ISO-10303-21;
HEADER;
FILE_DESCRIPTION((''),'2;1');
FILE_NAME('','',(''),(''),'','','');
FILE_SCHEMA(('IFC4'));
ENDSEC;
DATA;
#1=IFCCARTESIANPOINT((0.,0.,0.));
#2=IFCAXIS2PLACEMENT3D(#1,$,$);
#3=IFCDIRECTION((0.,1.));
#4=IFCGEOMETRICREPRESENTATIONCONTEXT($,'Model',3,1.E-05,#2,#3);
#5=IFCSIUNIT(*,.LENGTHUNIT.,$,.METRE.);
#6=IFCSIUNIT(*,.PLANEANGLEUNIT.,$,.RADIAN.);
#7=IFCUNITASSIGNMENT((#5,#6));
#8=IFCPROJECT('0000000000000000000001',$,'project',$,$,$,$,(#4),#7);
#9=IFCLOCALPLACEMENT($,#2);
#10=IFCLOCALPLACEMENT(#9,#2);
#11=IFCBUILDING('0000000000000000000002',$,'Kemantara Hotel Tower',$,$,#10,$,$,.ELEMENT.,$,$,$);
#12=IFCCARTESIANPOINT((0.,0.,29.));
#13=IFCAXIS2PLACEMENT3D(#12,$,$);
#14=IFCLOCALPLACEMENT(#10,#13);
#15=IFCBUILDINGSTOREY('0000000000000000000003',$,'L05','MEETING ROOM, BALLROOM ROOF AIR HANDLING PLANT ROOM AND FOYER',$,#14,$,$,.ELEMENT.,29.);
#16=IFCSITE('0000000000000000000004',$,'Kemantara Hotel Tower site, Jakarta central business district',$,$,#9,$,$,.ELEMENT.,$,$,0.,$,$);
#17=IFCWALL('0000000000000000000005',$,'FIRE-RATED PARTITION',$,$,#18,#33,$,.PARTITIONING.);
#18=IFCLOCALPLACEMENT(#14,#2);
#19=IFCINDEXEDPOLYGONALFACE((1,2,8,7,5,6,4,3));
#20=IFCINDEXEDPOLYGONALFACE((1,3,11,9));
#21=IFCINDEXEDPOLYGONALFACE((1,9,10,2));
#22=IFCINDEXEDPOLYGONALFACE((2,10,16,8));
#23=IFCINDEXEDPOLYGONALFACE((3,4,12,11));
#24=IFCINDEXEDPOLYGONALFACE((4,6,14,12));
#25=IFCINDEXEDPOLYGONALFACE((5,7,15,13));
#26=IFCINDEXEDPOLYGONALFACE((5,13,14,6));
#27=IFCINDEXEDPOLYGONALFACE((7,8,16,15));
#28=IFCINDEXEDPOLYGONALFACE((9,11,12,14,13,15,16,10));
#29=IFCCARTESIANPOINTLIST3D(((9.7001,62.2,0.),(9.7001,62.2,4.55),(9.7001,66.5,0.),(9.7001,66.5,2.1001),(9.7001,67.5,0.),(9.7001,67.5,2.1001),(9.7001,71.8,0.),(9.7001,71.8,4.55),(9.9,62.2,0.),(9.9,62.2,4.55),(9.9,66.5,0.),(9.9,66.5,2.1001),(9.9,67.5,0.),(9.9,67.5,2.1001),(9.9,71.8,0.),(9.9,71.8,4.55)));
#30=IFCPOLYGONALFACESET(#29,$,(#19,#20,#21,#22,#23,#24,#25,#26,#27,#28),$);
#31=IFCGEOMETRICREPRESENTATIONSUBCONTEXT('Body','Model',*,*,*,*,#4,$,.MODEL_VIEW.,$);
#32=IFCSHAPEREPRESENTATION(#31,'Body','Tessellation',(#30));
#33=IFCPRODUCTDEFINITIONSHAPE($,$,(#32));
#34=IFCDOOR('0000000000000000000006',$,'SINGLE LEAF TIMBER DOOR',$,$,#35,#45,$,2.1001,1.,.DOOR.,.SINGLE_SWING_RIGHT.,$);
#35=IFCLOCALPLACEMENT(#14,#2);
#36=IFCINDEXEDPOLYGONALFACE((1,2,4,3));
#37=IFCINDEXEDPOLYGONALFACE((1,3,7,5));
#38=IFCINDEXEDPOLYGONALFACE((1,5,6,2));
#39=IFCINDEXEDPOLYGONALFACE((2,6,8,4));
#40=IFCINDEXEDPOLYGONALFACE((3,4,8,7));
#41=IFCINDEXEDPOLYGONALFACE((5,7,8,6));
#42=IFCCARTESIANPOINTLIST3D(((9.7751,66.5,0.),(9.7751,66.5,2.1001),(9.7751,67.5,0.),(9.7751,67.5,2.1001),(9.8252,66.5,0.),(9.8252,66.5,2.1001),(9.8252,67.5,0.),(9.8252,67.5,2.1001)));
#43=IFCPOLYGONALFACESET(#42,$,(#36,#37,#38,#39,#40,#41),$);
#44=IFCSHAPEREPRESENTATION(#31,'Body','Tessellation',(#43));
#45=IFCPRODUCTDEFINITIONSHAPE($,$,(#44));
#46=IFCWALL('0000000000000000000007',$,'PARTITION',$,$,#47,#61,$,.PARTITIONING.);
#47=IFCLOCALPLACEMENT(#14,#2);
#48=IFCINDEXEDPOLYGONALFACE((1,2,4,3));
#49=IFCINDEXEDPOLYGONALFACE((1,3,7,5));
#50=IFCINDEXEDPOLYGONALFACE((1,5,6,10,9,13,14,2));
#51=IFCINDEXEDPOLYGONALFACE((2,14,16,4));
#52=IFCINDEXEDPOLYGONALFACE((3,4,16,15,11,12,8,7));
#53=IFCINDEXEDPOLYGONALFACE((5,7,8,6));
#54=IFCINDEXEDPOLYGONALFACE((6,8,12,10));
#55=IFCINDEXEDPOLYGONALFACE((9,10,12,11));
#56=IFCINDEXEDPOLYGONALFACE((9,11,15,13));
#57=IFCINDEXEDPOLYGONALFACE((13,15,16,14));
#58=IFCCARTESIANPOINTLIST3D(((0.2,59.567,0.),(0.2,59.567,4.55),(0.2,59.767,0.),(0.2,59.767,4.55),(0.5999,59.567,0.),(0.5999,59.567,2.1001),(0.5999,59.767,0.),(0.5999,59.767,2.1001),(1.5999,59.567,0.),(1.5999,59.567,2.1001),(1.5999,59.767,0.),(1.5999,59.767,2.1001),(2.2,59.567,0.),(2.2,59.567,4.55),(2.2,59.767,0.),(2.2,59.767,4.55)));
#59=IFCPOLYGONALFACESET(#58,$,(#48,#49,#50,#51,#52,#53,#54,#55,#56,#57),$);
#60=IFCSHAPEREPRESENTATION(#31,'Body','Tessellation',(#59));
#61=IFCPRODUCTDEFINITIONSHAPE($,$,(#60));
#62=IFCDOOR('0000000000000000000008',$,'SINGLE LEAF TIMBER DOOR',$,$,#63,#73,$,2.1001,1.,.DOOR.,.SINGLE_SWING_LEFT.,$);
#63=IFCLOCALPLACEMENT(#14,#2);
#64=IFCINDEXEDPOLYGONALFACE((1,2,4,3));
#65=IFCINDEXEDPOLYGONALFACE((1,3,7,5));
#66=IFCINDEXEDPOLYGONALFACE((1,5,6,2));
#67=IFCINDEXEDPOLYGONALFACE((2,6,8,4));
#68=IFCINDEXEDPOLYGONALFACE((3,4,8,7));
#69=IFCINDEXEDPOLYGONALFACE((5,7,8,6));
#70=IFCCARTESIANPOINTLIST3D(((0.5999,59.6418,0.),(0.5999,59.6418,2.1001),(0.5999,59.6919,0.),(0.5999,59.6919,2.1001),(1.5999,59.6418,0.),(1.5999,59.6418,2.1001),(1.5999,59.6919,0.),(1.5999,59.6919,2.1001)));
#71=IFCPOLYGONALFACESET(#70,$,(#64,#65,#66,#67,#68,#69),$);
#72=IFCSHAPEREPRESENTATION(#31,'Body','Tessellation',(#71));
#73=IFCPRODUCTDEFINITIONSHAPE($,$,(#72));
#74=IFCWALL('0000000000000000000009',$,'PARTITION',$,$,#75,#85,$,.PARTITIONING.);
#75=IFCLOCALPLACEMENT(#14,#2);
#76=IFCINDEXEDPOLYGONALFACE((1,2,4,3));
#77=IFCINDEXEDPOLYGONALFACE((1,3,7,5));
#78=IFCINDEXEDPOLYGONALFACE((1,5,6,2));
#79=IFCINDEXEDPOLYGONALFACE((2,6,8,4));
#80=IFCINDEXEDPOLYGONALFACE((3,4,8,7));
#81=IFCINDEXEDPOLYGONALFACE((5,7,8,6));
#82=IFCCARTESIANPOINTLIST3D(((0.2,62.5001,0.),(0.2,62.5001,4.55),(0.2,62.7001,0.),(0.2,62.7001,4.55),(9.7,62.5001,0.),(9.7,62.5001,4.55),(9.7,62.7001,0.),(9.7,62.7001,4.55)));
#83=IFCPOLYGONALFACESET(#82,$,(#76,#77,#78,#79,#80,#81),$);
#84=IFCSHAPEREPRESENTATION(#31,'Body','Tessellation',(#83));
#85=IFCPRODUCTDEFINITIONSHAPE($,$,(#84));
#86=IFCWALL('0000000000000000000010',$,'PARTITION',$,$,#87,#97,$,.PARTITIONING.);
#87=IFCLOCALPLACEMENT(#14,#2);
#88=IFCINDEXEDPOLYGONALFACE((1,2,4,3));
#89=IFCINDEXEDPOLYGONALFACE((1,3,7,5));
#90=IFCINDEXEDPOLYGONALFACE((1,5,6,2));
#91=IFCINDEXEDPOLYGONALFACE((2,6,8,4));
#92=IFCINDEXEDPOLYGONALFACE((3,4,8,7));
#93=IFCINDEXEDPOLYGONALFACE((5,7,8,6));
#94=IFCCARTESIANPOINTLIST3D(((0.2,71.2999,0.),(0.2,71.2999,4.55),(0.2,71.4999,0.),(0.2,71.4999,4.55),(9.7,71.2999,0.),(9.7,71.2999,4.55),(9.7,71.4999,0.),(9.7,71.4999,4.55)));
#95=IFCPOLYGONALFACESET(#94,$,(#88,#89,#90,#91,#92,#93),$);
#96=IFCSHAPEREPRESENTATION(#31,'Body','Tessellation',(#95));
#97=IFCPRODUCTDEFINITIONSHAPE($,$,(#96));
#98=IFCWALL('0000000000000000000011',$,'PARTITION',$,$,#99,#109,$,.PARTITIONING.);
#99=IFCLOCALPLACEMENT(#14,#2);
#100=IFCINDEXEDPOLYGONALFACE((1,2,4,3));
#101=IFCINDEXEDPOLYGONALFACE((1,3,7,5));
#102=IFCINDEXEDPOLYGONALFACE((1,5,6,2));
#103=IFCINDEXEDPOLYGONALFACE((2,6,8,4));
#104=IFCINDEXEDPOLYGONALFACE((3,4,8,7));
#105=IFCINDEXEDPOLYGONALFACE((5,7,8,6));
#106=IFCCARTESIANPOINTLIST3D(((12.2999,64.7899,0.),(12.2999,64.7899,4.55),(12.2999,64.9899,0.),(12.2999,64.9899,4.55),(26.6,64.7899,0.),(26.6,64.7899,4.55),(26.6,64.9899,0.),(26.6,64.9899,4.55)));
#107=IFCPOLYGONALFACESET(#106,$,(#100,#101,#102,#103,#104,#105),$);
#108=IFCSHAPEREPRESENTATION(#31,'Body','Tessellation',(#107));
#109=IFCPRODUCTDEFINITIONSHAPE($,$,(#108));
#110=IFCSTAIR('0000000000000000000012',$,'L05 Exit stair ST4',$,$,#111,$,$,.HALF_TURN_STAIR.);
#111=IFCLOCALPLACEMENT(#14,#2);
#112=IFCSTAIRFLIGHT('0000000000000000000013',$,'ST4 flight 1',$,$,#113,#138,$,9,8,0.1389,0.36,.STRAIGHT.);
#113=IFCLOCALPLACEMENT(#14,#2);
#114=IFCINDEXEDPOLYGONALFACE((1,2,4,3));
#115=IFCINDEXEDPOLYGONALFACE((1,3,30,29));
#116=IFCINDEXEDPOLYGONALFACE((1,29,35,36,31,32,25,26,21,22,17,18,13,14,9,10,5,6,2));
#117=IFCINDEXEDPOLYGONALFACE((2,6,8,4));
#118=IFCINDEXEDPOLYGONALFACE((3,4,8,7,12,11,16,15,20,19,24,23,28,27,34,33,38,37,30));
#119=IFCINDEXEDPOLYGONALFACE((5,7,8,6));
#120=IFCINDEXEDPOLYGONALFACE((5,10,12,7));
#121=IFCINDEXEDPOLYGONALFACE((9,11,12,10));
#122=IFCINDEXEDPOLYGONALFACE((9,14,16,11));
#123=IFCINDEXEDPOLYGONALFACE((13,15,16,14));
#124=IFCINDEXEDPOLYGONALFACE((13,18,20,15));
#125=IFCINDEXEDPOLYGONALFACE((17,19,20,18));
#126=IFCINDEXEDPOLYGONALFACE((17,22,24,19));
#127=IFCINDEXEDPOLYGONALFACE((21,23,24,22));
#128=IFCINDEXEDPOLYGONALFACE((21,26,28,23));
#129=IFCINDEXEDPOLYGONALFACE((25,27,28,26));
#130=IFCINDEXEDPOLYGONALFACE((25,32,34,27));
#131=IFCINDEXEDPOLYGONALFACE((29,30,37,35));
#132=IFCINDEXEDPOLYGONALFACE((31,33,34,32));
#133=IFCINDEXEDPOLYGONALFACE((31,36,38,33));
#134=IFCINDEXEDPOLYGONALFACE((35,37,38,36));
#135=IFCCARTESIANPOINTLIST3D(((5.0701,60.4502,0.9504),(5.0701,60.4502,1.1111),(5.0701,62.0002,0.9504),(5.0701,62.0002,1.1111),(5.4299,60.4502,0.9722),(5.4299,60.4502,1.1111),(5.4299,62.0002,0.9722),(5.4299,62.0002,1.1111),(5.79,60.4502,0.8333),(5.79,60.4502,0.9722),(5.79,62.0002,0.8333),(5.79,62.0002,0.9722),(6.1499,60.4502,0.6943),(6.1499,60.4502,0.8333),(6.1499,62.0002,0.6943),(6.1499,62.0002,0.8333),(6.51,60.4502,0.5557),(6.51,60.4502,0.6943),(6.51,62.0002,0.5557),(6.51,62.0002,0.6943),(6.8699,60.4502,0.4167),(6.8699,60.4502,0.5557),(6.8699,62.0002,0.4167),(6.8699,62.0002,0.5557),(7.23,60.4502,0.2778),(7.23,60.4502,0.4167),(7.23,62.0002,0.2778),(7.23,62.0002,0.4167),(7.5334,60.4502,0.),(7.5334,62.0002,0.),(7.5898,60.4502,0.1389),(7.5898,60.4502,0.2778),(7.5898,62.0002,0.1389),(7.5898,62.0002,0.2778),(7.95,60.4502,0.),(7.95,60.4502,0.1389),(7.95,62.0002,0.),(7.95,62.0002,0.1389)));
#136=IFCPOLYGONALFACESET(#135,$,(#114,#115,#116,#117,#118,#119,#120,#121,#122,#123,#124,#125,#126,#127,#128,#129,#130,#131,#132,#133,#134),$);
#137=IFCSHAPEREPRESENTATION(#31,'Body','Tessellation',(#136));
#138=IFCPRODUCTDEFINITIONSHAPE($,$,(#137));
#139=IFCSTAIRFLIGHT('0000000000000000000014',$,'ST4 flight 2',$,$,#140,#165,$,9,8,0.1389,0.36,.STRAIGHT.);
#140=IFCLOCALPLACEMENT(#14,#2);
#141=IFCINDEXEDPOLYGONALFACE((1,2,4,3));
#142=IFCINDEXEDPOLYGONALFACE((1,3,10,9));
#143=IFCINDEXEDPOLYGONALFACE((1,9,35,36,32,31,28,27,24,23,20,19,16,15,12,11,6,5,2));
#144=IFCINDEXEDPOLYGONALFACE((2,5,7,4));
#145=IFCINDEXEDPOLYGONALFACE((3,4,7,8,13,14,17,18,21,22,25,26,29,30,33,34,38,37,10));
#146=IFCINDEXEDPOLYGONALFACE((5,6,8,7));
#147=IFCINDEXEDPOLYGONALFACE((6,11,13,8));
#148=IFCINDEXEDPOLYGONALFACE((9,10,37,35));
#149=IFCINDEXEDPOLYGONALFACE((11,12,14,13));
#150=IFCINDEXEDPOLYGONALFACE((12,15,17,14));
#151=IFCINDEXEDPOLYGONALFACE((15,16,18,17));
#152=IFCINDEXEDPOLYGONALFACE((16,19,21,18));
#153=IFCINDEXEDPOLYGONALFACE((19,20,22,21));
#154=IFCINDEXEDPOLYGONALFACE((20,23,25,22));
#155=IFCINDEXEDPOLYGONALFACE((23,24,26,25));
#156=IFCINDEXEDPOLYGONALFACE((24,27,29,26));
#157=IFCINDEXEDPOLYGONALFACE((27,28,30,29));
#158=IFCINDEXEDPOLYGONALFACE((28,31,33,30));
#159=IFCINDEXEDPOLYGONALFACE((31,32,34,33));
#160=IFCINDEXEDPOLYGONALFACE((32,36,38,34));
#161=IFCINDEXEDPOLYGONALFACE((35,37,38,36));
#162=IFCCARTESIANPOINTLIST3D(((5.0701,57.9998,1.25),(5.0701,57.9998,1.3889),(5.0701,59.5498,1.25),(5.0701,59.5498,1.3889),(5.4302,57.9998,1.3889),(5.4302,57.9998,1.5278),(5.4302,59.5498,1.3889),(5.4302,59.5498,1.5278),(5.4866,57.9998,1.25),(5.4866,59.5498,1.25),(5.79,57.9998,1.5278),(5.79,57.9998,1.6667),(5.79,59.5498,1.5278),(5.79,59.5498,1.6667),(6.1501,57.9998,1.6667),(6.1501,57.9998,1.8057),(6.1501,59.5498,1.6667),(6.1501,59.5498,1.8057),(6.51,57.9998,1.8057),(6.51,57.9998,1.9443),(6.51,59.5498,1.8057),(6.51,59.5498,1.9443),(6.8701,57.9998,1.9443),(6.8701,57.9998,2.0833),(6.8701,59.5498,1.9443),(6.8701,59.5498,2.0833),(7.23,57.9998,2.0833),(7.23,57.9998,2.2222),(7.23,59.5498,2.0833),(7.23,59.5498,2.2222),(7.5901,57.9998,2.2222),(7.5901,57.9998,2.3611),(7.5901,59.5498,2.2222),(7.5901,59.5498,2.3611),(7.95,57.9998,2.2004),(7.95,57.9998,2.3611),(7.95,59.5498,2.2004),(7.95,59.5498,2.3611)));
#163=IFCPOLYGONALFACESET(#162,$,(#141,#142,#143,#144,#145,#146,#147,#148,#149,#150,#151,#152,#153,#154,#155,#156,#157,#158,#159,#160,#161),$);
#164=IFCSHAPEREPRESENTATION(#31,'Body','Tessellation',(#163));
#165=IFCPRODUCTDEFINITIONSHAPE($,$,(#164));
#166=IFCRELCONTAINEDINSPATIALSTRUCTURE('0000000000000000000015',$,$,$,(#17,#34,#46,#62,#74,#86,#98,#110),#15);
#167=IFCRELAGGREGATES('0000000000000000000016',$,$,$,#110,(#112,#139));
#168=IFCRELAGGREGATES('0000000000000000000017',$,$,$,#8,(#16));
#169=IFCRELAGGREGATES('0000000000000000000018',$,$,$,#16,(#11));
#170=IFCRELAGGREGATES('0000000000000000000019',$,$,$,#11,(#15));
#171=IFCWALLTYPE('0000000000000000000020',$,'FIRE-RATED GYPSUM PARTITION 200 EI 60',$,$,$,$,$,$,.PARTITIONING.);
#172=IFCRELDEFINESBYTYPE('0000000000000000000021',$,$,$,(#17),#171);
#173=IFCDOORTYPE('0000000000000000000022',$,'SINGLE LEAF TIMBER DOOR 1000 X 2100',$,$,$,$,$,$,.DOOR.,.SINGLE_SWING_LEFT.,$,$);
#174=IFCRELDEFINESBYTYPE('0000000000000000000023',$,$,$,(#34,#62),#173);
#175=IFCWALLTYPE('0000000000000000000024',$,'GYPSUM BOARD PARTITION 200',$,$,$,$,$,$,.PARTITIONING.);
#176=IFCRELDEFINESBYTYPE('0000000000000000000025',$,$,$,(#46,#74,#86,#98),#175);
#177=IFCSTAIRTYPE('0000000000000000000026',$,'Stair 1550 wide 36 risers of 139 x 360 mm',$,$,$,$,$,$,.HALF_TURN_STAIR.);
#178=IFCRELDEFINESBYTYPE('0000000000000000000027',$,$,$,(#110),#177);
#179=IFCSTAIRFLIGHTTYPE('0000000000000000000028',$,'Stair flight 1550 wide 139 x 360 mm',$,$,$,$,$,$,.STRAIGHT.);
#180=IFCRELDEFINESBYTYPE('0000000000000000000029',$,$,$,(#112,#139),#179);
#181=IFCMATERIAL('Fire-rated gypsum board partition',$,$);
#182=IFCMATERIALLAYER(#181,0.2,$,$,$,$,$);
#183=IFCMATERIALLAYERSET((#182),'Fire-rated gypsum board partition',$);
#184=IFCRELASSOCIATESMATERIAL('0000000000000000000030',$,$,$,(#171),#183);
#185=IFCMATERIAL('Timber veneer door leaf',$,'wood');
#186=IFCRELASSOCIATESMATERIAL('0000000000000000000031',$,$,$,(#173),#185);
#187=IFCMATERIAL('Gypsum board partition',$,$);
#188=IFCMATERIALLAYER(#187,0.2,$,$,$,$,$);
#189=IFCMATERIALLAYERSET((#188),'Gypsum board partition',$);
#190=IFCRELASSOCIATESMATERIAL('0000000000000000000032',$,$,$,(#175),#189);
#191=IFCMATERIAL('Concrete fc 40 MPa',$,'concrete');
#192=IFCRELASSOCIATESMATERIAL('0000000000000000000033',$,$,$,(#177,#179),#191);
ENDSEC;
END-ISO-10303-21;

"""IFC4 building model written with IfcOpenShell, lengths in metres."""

from ifc_helpers import new_model, si_unit, direction, frame, frame_2d, origin, place, context, subcontext, project, spatial, polyline, rectangle, outline, extrude, material, layer, layer_set, type_object, element, fill, aggregate, save


model = new_model("IFC4")

# Units and contexts
model_context = context("Model", 3, precision=1e-05, world=origin(), true_north=direction((0.0, 1.0)))
body_context = subcontext(model_context, "Body", "Model", "MODEL_VIEW")
ifc_project = project(units=[si_unit("LENGTHUNIT", "METRE"), si_unit("PLANEANGLEUNIT", "RADIAN")], contexts=[model_context])

# Site, building, storey
site_placement = place(None, origin())
site = spatial("IfcSite", under=ifc_project, at=site_placement, Name="Kemantara Hotel Tower site, Jakarta central business district", CompositionType="ELEMENT", RefElevation=0.0)
building_placement = place(site_placement, origin())
building = spatial("IfcBuilding", under=site, at=building_placement, Name="Kemantara Hotel Tower", CompositionType="ELEMENT")
storey_placement = place(building_placement, frame((0.0, 0.0, 29.0)))
storey = spatial("IfcBuildingStorey", under=building, at=storey_placement, Name="L05", Description="MEETING ROOM, BALLROOM ROOF AIR HANDLING PLANT ROOM AND FOYER", CompositionType="ELEMENT", Elevation=29.0)

# Shared definitions
ifc_material_1 = material(Name="Concrete fc 40 MPa", Category="concrete")

# Walls, openings, doors
ifc_material_2 = material(Name="Fire-rated gypsum board partition")
ifc_layer_1 = layer(ifc_material_2, 0.2)
ifc_layer_set_1 = layer_set([ifc_layer_1], Name="Fire-rated gypsum board partition")
wall_type_1 = type_object("IfcWallType", Name="FIRE-RATED GYPSUM PARTITION 200 EI 60", PredefinedType="PARTITIONING", material=ifc_layer_set_1)
wall_1_placement = place(storey_placement, frame((9.8, 62.2, 0.0), z_axis=(0.0, 0.0, 1.0), x_axis=(0.0, 1.0, 0.0)))
wall_1 = element("IfcWall", 1, at=wall_1_placement, inside=storey, type_object=wall_type_1, Name="FIRE-RATED PARTITION", PredefinedType="PARTITIONING", context=body_context, shape_type="SweptSolid", body=[
    extrude(rectangle(XDim=9.6001, YDim=0.2, at=frame_2d((4.8, 0.0))), origin(), (0.0, 0.0, 1.0), 4.55),
])
opening_1_placement = place(wall_1_placement, frame((4.3, 0.0, 0.0)))
opening_1 = element("IfcOpeningElement", 2, at=opening_1_placement, cuts=wall_1, PredefinedType="OPENING", context=body_context, shape_type="SweptSolid", body=[
    extrude(rectangle(XDim=1.0, YDim=2.1001, at=frame_2d((0.5, 1.05))), frame((0.0, 0.1099, 0.0), z_axis=(0.0, -1.0, 0.0), x_axis=(1.0, 0.0, 0.0)), (0.0, 0.0, 1.0), 0.22),
])
ifc_material_3 = material(Name="Timber veneer door leaf", Category="wood")
door_type = type_object("IfcDoorType", Name="SINGLE LEAF TIMBER DOOR 1000 X 2100", OperationType="SINGLE_SWING_LEFT", PredefinedType="DOOR", material=ifc_material_3)
door_1_placement = place(opening_1_placement, origin())
door_1 = element("IfcDoor", 3, at=door_1_placement, inside=storey, type_object=door_type, Name="SINGLE LEAF TIMBER DOOR", OperationType="SINGLE_SWING_RIGHT", OverallHeight=2.1001, OverallWidth=1.0, PredefinedType="DOOR", context=body_context, shape_type="SweptSolid", body=[
    extrude(rectangle(XDim=1.0, YDim=2.1001, at=frame_2d((0.5, 1.05))), frame((0.0, 0.0249, 0.0), z_axis=(0.0, -1.0, 0.0), x_axis=(1.0, 0.0, 0.0)), (0.0, 0.0, 1.0), 0.05),
])
fill(opening_1, door_1)
ifc_material_4 = material(Name="Gypsum board partition")
ifc_layer_2 = layer(ifc_material_4, 0.2)
ifc_layer_set_2 = layer_set([ifc_layer_2], Name="Gypsum board partition")
wall_type_2 = type_object("IfcWallType", Name="GYPSUM BOARD PARTITION 200", PredefinedType="PARTITIONING", material=ifc_layer_set_2)
wall_2_placement = place(storey_placement, frame((0.2, 59.667, 0.0), z_axis=(0.0, 0.0, 1.0), x_axis=(1.0, 0.0, 0.0)))
wall_2 = element("IfcWall", 4, at=wall_2_placement, inside=storey, type_object=wall_type_2, Name="PARTITION", PredefinedType="PARTITIONING", context=body_context, shape_type="SweptSolid", body=[
    extrude(rectangle(XDim=2.0, YDim=0.2, at=frame_2d((1.0, 0.0))), origin(), (0.0, 0.0, 1.0), 4.55),
])
opening_2_placement = place(wall_2_placement, frame((0.3999, 0.0, 0.0)))
opening_2 = element("IfcOpeningElement", 5, at=opening_2_placement, cuts=wall_2, PredefinedType="OPENING", context=body_context, shape_type="SweptSolid", body=[
    extrude(rectangle(XDim=1.0, YDim=2.1001, at=frame_2d((0.5, 1.05))), frame((0.0, 0.1099, 0.0), z_axis=(0.0, -1.0, 0.0), x_axis=(1.0, 0.0, 0.0)), (0.0, 0.0, 1.0), 0.22),
])
door_2_placement = place(opening_2_placement, origin())
door_2 = element("IfcDoor", 6, at=door_2_placement, inside=storey, type_object=door_type, Name="SINGLE LEAF TIMBER DOOR", OperationType="SINGLE_SWING_LEFT", OverallHeight=2.1001, OverallWidth=1.0, PredefinedType="DOOR", context=body_context, shape_type="SweptSolid", body=[
    extrude(rectangle(XDim=1.0, YDim=2.1001, at=frame_2d((0.5, 1.05))), frame((0.0, 0.0249, 0.0), z_axis=(0.0, -1.0, 0.0), x_axis=(1.0, 0.0, 0.0)), (0.0, 0.0, 1.0), 0.05),
])
fill(opening_2, door_2)

# Walls
for number, where, z_axis, x_axis, name in (
    (7, (0.2, 62.6001, 0.0), (0.0, 0.0, 1.0), (1.0, 0.0, 0.0), "PARTITION"),
    (8, (0.2, 71.3999, 0.0), (0.0, 0.0, 1.0), (1.0, 0.0, 0.0), "PARTITION"),
):
    element("IfcWall", number, at=place(storey_placement, frame(where, z_axis=z_axis, x_axis=x_axis)), inside=storey, type_object=wall_type_2, Name=name, PredefinedType="PARTITIONING", context=body_context, shape_type="SweptSolid", body=[
        extrude(rectangle(XDim=9.5, YDim=0.2, at=frame_2d((4.75, 0.0))), origin(), (0.0, 0.0, 1.0), 4.55),
    ])
wall_3_placement = place(storey_placement, frame((12.3, 64.8899, 0.0), z_axis=(0.0, 0.0, 1.0), x_axis=(1.0, 0.0, 0.0)))
element("IfcWall", 9, at=wall_3_placement, inside=storey, type_object=wall_type_2, Name="PARTITION", PredefinedType="PARTITIONING", context=body_context, shape_type="SweptSolid", body=[
    extrude(rectangle(XDim=14.3, YDim=0.2, at=frame_2d((7.1499, 0.0))), origin(), (0.0, 0.0, 1.0), 4.55),
])

# Stair, stair flights
stair_type = type_object("IfcStairType", Name="Stair 1550 wide 36 risers of 139 x 360 mm", PredefinedType="HALF_TURN_STAIR", material=ifc_material_1)
stair_placement = place(storey_placement, origin())
stair = element("IfcStair", 10, at=stair_placement, inside=storey, type_object=stair_type, Name="L05 Exit stair ST4", PredefinedType="HALF_TURN_STAIR")
stair_flight_type = type_object("IfcStairFlightType", Name="Stair flight 1550 wide 139 x 360 mm", PredefinedType="STRAIGHT", material=ifc_material_1)
stair_flight_1_placement = place(storey_placement, frame((7.95, 61.2251, 0.0), z_axis=(0.0, 0.0, 1.0), x_axis=(-1.0, 0.0, 0.0)))
stair_flight_1 = element("IfcStairFlight", 11, at=stair_flight_1_placement, type_object=stair_flight_type, Name="ST4 flight 1", NumberOfRisers=9, NumberOfTreads=8, PredefinedType="STRAIGHT", RiserHeight=0.1389, TreadLength=0.36, context=body_context, shape_type="SweptSolid", body=[
    extrude(outline(polyline([(0.0, 0.0), (0.0, 0.1389), (0.3601, 0.1389), (0.3601, 0.2778), (0.72, 0.2778), (0.72, 0.4167), (1.0801, 0.4167), (1.0801, 0.5557), (1.4399, 0.5557), (1.4399, 0.6943), (1.8, 0.6943), (1.8, 0.8333), (2.1599, 0.8333), (2.1599, 0.9722), (2.52, 0.9722), (2.52, 1.1111), (2.8799, 1.1111), (2.8799, 1.25), (2.8799, 0.9504), (0.4165, 0.0), (0.0, 0.0)])), frame((0.0, 0.7749, 0.0), z_axis=(0.0, -1.0, 0.0), x_axis=(1.0, 0.0, 0.0)), (0.0, 0.0, 1.0), 1.55),
])
stair_flight_2_placement = place(storey_placement, frame((5.0701, 58.7749, 1.25), z_axis=(0.0, 0.0, 1.0), x_axis=(1.0, 0.0, 0.0)))
stair_flight_2 = element("IfcStairFlight", 12, at=stair_flight_2_placement, type_object=stair_flight_type, Name="ST4 flight 2", NumberOfRisers=9, NumberOfTreads=8, PredefinedType="STRAIGHT", RiserHeight=0.1389, TreadLength=0.36, context=body_context, shape_type="SweptSolid", body=[
    extrude(outline(polyline([(0.0, 0.0), (0.0, 0.1389), (0.3601, 0.1389), (0.3601, 0.2778), (0.72, 0.2778), (0.72, 0.4167), (1.0801, 0.4167), (1.0801, 0.5557), (1.4399, 0.5557), (1.4399, 0.6943), (1.8, 0.6943), (1.8, 0.8333), (2.1599, 0.8333), (2.1599, 0.9722), (2.52, 0.9722), (2.52, 1.1111), (2.8799, 1.1111), (2.8799, 1.25), (2.8799, 0.9504), (0.4165, 0.0), (0.0, 0.0)])), frame((0.0, 0.7749, 0.0), z_axis=(0.0, -1.0, 0.0), x_axis=(1.0, 0.0, 0.0)), (0.0, 0.0, 1.0), 1.55),
])
aggregate(stair, [stair_flight_1, stair_flight_2])

save(model, "model.ifc")
